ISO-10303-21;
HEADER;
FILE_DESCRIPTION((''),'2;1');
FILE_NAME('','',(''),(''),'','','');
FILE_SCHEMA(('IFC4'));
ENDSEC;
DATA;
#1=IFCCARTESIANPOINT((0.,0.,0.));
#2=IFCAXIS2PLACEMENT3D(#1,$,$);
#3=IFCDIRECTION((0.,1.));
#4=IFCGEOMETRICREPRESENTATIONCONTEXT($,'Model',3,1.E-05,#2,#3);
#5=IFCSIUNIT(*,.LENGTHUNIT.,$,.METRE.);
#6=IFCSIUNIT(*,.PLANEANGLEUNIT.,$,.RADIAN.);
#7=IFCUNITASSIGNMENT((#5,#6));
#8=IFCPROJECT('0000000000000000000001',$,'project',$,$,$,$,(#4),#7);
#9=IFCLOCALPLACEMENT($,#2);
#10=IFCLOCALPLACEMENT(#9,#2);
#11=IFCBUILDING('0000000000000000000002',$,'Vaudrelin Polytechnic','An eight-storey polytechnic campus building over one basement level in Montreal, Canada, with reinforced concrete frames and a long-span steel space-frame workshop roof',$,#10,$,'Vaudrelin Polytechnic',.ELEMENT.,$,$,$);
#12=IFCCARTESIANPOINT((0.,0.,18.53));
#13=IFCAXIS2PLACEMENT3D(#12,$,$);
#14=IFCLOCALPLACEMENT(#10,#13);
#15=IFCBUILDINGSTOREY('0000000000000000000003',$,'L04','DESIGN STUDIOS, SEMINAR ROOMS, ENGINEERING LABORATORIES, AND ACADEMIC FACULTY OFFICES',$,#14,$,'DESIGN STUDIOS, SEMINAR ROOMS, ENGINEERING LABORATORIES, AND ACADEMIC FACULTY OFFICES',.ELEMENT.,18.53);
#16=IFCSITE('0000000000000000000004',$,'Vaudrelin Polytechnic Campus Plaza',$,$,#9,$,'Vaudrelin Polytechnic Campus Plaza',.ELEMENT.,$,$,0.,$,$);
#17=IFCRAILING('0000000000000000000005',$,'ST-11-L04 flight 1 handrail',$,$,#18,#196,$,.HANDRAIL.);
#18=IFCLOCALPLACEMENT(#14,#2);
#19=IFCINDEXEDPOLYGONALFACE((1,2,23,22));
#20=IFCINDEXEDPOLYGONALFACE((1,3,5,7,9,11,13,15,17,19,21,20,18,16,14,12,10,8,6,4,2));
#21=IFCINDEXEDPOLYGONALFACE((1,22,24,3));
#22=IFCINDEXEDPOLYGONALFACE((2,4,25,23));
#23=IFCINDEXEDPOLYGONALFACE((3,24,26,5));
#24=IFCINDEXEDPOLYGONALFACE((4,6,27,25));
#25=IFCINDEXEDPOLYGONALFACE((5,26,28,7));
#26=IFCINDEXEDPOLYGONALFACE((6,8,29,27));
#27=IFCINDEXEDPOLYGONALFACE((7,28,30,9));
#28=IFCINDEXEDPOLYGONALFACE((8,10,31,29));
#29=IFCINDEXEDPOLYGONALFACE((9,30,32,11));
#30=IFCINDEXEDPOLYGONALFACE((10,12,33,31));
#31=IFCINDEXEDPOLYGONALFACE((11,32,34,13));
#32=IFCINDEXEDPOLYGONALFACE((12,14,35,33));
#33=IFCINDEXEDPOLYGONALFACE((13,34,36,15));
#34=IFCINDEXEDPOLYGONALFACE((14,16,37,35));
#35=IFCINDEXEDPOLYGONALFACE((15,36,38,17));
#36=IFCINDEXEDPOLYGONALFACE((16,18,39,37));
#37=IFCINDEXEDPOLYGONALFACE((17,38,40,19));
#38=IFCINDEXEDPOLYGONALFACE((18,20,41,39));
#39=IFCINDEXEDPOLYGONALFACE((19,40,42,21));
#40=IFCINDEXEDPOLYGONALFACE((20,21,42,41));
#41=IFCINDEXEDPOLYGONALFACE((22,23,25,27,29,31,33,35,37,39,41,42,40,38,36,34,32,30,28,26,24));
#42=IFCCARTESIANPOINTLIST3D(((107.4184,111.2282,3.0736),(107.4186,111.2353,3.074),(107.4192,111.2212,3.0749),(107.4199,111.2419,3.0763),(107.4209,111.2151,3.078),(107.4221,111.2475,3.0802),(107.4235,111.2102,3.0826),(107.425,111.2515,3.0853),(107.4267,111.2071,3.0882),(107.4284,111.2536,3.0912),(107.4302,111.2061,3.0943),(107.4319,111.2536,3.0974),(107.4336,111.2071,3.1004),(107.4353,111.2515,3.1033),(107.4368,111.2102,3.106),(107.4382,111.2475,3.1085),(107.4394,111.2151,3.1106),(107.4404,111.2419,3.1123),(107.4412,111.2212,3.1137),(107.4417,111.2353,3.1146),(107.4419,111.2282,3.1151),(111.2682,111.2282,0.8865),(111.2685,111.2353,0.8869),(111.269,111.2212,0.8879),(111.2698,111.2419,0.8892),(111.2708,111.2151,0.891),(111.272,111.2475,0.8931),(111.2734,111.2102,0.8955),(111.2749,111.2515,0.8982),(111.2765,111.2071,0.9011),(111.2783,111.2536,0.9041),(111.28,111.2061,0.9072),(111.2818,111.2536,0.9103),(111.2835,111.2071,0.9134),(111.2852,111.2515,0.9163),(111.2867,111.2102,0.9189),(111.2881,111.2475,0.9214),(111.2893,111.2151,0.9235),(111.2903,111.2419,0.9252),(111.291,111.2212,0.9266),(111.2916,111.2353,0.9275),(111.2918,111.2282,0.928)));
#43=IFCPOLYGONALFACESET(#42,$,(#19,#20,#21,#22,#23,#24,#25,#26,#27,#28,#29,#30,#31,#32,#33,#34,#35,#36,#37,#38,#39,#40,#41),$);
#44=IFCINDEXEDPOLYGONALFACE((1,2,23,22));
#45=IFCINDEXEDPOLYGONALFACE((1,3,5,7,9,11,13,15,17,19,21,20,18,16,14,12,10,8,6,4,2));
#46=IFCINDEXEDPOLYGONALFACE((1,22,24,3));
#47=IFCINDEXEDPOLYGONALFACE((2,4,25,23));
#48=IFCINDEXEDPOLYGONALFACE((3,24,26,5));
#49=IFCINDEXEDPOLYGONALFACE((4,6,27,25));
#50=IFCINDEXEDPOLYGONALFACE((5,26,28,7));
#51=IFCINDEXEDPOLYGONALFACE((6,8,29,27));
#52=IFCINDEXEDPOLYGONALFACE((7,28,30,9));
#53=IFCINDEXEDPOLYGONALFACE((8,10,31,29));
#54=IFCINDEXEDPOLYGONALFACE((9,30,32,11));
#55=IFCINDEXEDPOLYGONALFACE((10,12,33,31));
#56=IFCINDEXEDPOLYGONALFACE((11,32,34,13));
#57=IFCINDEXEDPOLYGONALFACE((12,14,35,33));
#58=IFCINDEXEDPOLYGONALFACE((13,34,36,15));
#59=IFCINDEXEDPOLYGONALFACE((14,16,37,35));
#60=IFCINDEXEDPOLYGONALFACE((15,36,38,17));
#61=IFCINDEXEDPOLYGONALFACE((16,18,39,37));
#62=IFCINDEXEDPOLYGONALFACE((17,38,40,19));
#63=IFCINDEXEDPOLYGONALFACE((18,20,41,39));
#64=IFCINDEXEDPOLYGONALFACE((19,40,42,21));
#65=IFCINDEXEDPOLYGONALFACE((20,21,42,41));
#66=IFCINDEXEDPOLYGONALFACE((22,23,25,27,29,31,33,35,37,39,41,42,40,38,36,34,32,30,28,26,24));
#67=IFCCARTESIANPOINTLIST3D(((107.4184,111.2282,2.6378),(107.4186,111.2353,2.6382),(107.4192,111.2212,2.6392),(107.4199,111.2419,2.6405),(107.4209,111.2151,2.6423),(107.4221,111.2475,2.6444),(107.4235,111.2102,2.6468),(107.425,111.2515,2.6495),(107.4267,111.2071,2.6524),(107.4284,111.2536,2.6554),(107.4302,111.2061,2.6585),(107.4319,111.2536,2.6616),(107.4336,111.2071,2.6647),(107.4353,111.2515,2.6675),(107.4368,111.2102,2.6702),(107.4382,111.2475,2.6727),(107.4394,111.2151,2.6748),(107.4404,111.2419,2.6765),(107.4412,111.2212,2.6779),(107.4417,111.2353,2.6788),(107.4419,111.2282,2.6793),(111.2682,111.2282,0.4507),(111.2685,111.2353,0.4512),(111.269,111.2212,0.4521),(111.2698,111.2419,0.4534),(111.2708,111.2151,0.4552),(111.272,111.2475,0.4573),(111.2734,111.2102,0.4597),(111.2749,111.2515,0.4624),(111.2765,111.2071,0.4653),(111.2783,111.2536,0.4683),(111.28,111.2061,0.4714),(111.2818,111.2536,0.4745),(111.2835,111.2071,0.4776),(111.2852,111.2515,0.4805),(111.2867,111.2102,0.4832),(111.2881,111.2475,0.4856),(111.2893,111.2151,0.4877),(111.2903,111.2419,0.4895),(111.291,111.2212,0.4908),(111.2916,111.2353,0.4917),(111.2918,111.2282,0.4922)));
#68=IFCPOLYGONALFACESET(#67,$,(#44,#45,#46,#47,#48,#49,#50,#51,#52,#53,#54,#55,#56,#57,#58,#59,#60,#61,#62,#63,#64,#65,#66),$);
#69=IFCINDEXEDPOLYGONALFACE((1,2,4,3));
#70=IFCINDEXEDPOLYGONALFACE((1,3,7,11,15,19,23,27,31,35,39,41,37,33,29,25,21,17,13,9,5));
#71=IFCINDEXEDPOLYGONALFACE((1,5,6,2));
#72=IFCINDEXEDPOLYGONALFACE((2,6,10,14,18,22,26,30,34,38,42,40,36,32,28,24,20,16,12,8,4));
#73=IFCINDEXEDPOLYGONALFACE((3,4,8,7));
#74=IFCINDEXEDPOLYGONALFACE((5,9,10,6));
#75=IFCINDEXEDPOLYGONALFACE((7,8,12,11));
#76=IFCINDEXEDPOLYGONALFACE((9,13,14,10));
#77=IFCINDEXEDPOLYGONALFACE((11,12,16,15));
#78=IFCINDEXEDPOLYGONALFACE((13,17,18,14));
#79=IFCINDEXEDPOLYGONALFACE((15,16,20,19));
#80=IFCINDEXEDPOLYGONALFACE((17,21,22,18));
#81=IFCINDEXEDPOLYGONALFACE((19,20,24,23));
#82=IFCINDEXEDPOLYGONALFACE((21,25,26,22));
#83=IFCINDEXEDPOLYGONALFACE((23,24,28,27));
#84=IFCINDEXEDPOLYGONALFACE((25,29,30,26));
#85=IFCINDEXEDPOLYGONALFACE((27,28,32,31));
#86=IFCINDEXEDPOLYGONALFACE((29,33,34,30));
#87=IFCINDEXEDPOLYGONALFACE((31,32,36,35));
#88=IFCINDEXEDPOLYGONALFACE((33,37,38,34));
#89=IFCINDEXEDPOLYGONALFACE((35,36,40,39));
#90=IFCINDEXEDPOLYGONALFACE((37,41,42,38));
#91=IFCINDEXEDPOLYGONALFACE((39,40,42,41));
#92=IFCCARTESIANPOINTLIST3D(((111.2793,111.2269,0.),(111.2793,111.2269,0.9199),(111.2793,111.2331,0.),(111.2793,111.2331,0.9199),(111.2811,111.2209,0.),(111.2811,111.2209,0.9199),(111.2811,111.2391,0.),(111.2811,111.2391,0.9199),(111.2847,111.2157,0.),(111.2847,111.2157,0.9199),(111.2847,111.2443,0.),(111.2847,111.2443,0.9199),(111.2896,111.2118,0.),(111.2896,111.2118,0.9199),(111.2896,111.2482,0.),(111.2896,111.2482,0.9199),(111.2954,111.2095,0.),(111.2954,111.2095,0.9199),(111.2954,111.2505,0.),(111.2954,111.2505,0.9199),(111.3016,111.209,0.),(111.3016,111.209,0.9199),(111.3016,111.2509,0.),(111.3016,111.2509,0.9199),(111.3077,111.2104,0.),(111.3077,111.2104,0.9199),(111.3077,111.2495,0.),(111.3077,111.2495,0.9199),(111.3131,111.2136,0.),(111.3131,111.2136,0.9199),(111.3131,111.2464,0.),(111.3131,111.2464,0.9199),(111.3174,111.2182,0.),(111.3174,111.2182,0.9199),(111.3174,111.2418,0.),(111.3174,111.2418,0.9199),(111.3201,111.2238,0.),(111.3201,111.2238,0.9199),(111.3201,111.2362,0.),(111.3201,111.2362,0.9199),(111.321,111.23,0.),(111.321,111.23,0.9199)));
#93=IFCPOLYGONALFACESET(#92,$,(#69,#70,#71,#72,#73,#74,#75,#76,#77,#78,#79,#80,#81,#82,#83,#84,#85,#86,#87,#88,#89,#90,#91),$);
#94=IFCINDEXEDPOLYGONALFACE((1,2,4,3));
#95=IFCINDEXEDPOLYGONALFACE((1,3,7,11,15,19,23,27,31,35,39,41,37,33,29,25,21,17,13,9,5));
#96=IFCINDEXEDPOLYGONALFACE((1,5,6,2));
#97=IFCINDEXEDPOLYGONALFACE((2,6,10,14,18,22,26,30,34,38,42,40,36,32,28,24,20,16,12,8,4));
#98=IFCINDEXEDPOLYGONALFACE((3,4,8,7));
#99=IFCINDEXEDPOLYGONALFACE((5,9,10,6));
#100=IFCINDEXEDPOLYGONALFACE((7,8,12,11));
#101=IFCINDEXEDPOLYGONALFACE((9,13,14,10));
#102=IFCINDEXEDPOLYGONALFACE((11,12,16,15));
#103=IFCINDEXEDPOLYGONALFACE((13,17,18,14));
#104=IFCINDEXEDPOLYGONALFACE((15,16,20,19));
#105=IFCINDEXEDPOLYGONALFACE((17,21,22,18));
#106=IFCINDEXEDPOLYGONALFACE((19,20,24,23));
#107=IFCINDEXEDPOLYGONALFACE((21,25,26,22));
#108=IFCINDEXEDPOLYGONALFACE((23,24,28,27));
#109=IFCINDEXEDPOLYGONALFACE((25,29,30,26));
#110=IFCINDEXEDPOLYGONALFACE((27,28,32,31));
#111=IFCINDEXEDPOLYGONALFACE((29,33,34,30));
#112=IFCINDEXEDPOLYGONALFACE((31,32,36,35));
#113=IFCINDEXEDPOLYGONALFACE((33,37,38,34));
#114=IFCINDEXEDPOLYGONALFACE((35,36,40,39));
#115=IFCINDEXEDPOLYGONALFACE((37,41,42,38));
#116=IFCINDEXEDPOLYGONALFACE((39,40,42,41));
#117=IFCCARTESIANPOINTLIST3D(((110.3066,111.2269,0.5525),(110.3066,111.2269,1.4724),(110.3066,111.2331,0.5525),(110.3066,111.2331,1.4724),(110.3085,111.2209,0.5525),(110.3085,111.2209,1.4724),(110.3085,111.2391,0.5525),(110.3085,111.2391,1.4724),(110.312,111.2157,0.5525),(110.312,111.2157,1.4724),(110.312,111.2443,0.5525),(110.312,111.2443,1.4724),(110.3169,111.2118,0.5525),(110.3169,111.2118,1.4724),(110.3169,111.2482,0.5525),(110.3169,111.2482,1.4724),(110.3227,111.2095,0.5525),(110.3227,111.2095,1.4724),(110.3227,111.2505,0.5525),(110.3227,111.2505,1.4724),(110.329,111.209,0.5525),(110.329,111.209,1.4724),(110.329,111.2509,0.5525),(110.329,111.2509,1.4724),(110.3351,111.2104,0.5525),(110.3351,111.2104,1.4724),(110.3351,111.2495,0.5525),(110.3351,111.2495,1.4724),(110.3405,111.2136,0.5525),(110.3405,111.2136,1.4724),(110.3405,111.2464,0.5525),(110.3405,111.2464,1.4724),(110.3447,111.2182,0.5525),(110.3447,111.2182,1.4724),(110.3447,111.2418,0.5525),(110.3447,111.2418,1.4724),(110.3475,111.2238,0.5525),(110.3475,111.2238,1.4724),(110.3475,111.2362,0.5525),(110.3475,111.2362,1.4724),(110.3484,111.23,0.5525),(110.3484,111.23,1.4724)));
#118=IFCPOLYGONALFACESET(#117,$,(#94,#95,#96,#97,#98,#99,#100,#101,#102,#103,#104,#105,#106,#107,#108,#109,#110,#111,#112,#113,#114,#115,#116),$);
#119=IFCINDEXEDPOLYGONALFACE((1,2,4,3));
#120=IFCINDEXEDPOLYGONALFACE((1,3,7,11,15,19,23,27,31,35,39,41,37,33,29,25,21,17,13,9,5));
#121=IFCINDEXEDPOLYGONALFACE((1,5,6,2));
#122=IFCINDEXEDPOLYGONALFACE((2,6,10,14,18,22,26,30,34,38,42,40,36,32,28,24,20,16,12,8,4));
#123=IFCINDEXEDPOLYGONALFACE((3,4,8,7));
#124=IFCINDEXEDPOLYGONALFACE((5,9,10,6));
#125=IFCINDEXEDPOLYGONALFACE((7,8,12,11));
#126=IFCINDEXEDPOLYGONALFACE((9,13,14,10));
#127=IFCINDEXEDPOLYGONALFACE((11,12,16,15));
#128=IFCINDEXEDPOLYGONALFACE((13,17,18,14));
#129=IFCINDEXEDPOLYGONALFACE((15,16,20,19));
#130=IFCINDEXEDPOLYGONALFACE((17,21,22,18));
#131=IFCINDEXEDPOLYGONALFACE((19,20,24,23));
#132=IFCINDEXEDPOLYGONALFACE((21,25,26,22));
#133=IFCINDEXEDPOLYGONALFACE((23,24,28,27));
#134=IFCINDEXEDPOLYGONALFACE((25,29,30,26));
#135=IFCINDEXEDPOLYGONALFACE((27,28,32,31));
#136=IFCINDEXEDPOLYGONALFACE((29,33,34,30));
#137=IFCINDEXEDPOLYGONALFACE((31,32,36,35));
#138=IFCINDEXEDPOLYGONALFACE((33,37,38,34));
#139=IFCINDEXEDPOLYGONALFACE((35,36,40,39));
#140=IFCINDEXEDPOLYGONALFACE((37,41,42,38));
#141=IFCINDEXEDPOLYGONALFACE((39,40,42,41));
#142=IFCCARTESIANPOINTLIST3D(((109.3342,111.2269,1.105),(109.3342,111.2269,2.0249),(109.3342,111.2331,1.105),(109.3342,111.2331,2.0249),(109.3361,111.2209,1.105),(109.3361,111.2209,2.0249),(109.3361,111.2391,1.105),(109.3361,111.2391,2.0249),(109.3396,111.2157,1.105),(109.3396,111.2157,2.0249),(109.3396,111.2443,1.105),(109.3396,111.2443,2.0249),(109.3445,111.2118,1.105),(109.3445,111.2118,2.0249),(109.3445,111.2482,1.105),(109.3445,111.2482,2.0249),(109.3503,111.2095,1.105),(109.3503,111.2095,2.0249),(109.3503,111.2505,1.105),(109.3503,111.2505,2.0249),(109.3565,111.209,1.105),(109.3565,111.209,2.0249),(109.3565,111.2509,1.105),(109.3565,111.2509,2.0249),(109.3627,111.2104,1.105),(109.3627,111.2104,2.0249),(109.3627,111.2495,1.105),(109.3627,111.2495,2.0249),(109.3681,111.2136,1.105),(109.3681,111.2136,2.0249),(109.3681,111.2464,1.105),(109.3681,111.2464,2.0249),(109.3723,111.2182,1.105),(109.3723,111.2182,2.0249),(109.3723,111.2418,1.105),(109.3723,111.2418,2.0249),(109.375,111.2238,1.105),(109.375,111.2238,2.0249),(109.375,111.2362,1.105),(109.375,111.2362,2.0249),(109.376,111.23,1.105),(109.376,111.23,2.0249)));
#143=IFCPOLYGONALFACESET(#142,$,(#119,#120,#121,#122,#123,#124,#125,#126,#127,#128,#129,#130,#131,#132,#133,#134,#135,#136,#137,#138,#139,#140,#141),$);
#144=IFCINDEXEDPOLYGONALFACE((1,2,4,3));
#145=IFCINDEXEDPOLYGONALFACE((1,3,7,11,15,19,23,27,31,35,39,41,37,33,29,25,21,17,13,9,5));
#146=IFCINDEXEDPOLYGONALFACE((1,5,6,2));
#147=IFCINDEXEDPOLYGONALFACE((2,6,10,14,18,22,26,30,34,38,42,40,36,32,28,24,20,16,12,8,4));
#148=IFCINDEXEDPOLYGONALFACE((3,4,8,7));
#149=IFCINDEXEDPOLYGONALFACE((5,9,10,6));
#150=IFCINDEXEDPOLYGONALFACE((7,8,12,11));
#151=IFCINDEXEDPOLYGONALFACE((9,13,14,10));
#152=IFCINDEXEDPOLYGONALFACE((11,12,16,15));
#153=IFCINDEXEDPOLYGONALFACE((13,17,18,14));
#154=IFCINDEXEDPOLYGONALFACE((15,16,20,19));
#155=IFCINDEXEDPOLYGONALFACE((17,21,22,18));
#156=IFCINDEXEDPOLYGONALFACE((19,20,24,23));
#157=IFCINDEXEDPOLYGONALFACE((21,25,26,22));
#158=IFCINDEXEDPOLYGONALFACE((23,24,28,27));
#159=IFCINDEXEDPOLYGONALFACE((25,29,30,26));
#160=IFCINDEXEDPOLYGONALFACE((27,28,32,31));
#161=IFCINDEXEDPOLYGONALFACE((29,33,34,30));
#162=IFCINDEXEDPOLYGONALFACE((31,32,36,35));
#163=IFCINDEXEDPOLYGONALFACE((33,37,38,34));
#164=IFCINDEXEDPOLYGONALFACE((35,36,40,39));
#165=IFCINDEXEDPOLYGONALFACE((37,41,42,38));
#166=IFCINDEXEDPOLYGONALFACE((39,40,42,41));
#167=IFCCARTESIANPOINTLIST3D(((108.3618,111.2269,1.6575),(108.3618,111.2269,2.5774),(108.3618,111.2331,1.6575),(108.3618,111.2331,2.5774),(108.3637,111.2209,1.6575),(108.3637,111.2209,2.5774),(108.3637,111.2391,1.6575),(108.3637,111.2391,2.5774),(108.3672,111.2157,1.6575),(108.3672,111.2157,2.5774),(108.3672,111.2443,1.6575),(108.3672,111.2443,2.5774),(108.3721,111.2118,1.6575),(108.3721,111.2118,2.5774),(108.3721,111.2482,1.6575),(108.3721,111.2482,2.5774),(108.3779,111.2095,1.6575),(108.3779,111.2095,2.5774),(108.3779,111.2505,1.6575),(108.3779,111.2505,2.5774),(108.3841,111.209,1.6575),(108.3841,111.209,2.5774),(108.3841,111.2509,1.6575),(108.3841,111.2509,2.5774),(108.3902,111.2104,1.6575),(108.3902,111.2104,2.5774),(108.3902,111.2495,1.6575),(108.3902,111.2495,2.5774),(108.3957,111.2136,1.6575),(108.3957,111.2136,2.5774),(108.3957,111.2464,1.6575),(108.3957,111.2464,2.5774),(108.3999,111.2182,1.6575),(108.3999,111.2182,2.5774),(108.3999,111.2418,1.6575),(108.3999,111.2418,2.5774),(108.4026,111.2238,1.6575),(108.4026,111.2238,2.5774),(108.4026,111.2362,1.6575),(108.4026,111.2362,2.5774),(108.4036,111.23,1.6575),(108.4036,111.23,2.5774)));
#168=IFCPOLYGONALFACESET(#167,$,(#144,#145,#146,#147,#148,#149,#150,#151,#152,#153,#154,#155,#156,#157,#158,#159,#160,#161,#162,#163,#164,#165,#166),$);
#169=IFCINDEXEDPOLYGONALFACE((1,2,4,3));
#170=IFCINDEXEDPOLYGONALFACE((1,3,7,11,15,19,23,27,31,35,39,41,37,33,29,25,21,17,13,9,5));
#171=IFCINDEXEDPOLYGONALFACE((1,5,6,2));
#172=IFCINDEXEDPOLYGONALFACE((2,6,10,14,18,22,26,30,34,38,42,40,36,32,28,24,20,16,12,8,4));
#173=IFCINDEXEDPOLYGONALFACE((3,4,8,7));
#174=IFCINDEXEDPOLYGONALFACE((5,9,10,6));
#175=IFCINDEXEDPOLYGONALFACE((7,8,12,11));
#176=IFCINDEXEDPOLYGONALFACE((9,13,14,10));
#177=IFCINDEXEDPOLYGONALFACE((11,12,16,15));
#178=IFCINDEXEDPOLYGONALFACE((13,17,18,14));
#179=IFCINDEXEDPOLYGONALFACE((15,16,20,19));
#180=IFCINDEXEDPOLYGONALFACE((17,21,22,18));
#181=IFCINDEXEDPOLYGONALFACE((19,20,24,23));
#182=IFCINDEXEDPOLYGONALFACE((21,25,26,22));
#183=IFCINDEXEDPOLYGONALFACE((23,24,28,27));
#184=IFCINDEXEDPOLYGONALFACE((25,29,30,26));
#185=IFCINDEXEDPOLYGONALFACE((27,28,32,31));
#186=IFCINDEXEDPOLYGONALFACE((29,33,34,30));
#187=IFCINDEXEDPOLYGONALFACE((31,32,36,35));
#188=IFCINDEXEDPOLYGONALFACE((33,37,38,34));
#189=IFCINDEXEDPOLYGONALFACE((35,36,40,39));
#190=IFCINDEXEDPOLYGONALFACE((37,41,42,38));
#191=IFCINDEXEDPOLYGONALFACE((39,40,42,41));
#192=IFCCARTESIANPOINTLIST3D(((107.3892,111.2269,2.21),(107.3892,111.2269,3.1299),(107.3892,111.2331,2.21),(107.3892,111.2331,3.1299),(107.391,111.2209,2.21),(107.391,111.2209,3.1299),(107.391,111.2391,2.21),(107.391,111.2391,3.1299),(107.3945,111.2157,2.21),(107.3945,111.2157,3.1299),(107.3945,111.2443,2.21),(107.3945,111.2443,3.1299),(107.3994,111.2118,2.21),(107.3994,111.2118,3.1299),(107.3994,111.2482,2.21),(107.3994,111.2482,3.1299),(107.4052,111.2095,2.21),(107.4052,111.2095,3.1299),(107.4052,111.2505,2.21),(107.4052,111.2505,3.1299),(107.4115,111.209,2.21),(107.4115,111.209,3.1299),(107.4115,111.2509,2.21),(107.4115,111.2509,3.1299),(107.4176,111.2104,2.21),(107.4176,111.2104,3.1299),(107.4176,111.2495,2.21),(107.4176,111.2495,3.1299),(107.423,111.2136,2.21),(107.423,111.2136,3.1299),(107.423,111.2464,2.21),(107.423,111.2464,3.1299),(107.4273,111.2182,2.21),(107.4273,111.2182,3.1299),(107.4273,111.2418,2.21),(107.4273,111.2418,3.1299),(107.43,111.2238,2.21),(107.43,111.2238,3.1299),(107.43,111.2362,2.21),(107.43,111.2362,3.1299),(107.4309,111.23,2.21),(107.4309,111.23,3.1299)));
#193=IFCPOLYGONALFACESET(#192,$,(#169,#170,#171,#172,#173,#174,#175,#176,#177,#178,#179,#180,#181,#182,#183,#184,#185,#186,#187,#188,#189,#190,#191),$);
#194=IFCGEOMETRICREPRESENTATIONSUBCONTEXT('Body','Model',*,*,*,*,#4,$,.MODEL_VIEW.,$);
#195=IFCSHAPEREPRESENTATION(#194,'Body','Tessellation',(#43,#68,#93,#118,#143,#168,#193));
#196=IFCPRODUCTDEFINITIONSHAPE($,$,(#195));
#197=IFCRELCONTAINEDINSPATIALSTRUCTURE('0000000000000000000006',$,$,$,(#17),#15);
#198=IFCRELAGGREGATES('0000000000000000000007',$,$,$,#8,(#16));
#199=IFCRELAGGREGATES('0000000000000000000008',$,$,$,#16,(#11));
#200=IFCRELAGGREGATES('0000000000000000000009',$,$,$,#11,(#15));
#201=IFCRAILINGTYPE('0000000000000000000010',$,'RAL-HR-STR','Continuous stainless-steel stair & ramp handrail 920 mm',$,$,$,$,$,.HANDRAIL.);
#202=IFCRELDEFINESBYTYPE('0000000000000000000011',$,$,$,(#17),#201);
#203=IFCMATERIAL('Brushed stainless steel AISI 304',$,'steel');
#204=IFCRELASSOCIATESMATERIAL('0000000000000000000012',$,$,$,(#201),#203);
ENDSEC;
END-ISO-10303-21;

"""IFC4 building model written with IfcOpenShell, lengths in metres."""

from ifc_helpers import new_model, si_unit, direction, frame, origin, origin_2d, place, context, subcontext, project, spatial, circle, extrude, material, type_object, element, save


model = new_model("IFC4")

# Units and contexts
model_context = context("Model", 3, precision=1e-05, world=origin(), true_north=direction((0.0, 1.0)))
body_context = subcontext(model_context, "Body", "Model", "MODEL_VIEW")
ifc_project = project(units=[si_unit("LENGTHUNIT", "METRE"), si_unit("PLANEANGLEUNIT", "RADIAN")], contexts=[model_context])

# Site, building, storey
site_placement = place(None, origin())
site = spatial("IfcSite", under=ifc_project, at=site_placement, Name="Vaudrelin Polytechnic Campus Plaza", LongName="Vaudrelin Polytechnic Campus Plaza", CompositionType="ELEMENT", RefElevation=0.0)
building_placement = place(site_placement, origin())
building = spatial("IfcBuilding", under=site, at=building_placement, Name="Vaudrelin Polytechnic", Description="An eight-storey polytechnic campus building over one basement level in Montreal, Canada, with reinforced concrete frames and a long-span steel space-frame workshop roof", LongName="Vaudrelin Polytechnic", CompositionType="ELEMENT")
storey_placement = place(building_placement, frame((0.0, 0.0, 18.53)))
storey = spatial("IfcBuildingStorey", under=building, at=storey_placement, Name="L04", Description="DESIGN STUDIOS, SEMINAR ROOMS, ENGINEERING LABORATORIES, AND ACADEMIC FACULTY OFFICES", LongName="DESIGN STUDIOS, SEMINAR ROOMS, ENGINEERING LABORATORIES, AND ACADEMIC FACULTY OFFICES", CompositionType="ELEMENT", Elevation=18.53)

# Railing
ifc_material_1 = material(Name="Brushed stainless steel AISI 304", Category="steel")
railing_type_1 = type_object("IfcRailingType", Name="RAL-HR-STR", Description="Continuous stainless-steel stair & ramp handrail 920 mm", PredefinedType="HANDRAIL", material=ifc_material_1)
railing_1_placement = place(storey_placement, frame((111.3, 111.23, 0.0)))
element("IfcRailing", 1, at=railing_1_placement, inside=storey, type_object=railing_type_1, Name="ST-11-L04 flight 1 handrail", PredefinedType="HANDRAIL", context=body_context, shape_type="SweptSolid", body=[
    extrude(circle(Radius=0.0239, at=origin_2d()), frame((-0.02, 0.0, 0.9072), z_axis=(-0.86949, 0.0, 0.493951), x_axis=(0.0, -1.0, 0.0)), (0.0, 0.0, 1.0), 4.4277),
    extrude(circle(Radius=0.0239, at=origin_2d()), frame((-0.02, 0.0, 0.4714), z_axis=(-0.86949, 0.0, 0.493951), x_axis=(0.0, -1.0, 0.0)), (0.0, 0.0, 1.0), 4.4277),
    extrude(circle(Radius=0.021, at=origin_2d()), origin(), (0.0, 0.0, 1.0), 0.9199),
    extrude(circle(Radius=0.021, at=origin_2d()), frame((-0.9727, 0.0, 0.5525)), (0.0, 0.0, 1.0), 0.9199),
    extrude(circle(Radius=0.021, at=origin_2d()), frame((-1.9451, 0.0, 1.105)), (0.0, 0.0, 1.0), 0.9199),
    extrude(circle(Radius=0.021, at=origin_2d()), frame((-2.9175, 0.0, 1.6575)), (0.0, 0.0, 1.0), 0.9199),
    extrude(circle(Radius=0.021, at=origin_2d()), frame((-3.8901, 0.0, 2.21)), (0.0, 0.0, 1.0), 0.9199),
])

save(model, "model.ifc")
